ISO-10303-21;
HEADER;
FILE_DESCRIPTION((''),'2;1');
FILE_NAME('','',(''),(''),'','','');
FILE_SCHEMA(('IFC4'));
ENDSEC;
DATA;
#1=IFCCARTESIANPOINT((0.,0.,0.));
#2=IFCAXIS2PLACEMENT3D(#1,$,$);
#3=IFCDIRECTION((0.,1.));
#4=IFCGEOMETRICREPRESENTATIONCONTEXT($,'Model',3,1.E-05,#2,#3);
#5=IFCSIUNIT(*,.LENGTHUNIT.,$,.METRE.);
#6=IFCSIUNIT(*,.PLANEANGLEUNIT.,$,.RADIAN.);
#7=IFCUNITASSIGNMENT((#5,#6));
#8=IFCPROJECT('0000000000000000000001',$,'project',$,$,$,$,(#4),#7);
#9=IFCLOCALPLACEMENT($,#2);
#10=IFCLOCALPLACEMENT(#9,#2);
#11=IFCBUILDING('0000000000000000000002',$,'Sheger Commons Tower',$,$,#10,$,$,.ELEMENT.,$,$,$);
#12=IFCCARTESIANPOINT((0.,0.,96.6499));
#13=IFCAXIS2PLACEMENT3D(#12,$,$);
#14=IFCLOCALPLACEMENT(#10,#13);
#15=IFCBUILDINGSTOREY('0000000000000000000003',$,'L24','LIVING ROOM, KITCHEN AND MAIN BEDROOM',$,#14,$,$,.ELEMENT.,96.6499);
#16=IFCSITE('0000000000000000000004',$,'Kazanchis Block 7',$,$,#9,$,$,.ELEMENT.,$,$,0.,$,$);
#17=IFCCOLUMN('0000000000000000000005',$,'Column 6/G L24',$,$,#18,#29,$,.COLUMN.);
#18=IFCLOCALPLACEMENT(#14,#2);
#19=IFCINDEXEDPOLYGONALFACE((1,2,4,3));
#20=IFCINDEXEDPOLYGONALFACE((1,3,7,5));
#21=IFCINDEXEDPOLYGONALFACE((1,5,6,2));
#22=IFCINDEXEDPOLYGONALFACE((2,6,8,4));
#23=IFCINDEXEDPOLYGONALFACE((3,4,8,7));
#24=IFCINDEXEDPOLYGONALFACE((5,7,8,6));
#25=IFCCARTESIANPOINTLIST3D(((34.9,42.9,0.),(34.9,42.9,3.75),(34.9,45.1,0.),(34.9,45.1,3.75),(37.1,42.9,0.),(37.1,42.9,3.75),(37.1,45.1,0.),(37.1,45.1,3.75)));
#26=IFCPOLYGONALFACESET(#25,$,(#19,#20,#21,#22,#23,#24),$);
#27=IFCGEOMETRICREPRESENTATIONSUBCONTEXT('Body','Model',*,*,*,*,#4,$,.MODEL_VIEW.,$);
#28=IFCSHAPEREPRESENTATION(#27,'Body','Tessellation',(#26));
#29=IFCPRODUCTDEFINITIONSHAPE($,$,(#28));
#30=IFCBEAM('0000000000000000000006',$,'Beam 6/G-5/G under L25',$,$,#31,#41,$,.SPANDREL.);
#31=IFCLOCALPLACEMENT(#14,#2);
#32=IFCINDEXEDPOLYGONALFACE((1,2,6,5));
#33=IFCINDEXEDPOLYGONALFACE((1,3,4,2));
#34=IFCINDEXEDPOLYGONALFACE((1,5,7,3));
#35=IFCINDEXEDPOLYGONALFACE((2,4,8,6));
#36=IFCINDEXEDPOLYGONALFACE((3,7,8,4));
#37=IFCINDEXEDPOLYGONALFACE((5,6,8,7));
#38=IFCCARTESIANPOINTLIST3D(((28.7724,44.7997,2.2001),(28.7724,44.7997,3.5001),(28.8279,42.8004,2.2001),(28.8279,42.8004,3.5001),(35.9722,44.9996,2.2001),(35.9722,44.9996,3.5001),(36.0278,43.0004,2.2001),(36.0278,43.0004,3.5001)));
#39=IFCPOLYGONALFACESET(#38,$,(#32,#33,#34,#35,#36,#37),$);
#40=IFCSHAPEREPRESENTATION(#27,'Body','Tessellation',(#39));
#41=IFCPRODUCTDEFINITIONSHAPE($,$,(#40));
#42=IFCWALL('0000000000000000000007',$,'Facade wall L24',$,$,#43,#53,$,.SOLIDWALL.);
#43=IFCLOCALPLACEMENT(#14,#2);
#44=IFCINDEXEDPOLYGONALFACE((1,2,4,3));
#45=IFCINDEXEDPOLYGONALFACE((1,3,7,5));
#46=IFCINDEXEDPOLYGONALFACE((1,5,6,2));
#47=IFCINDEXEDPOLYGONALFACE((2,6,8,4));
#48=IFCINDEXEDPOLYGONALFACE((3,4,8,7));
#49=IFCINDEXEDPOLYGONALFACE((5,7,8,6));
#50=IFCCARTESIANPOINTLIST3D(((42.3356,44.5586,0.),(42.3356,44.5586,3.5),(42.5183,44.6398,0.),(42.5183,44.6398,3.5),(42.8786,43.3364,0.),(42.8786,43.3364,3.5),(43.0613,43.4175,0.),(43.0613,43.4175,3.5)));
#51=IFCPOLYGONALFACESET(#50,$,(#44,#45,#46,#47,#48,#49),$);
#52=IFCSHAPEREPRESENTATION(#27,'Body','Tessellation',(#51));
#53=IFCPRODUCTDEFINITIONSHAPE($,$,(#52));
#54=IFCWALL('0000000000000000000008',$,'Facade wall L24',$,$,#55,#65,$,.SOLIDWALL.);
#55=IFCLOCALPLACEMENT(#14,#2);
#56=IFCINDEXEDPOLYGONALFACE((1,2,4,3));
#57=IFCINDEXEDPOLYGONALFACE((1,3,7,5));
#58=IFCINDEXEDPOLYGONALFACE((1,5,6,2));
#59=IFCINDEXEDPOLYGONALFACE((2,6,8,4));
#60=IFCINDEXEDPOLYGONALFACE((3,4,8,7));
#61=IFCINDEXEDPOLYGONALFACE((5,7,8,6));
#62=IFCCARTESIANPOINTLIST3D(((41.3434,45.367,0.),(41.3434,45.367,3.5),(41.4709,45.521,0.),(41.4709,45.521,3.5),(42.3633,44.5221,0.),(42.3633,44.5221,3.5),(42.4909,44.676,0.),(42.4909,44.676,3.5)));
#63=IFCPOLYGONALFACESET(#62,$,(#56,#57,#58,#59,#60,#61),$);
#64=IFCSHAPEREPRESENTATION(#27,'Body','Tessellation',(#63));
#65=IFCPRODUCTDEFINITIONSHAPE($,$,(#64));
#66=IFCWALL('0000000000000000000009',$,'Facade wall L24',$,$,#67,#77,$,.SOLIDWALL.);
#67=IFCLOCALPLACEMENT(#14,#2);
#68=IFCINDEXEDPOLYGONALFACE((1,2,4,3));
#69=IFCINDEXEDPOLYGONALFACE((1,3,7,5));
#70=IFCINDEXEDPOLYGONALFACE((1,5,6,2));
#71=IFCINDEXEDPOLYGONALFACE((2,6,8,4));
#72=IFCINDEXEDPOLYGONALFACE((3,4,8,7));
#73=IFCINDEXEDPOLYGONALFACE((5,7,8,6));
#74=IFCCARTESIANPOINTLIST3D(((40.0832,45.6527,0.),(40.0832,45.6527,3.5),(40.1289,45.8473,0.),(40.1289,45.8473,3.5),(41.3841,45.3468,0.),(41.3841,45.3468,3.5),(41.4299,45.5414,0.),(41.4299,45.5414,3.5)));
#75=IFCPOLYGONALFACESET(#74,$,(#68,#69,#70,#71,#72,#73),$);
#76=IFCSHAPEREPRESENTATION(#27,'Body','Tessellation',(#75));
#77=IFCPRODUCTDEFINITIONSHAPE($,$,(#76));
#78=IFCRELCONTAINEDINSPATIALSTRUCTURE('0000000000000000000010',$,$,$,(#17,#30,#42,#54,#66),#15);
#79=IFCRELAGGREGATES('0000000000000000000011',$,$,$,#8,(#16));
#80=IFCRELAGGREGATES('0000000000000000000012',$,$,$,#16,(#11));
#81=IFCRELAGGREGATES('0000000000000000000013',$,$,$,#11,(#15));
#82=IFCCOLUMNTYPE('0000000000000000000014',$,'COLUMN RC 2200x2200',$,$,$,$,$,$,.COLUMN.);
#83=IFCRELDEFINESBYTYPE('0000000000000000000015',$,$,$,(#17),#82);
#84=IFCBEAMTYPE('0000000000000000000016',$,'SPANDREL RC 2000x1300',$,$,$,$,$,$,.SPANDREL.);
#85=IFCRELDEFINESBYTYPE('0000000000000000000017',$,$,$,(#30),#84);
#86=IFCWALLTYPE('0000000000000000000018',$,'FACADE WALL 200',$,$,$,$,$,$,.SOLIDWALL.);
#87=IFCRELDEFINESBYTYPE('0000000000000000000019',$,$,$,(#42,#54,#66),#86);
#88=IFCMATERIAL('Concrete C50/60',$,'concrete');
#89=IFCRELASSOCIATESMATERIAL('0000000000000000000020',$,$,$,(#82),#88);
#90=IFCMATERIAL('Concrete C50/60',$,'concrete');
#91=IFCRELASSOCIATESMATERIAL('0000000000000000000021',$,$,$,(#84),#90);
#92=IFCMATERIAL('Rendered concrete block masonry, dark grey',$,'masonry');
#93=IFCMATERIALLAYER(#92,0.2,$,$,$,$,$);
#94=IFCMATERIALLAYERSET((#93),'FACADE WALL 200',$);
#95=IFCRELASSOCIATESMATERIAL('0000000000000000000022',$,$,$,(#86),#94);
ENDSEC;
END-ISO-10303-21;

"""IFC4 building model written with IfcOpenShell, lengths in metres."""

from ifc_helpers import new_model, si_unit, direction, frame, frame_2d, origin, origin_2d, place, context, subcontext, project, spatial, rectangle, extrude, material, layer, layer_set, material_profile, profile_set, type_object, element, save


model = new_model("IFC4")

# Units and contexts
model_context = context("Model", 3, precision=1e-05, world=origin(), true_north=direction((0.0, 1.0)))
body_context = subcontext(model_context, "Body", "Model", "MODEL_VIEW")
ifc_project = project(units=[si_unit("LENGTHUNIT", "METRE"), si_unit("PLANEANGLEUNIT", "RADIAN")], contexts=[model_context])

# Site, building, storey
site_placement = place(None, origin())
site = spatial("IfcSite", under=ifc_project, at=site_placement, Name="Kazanchis Block 7", CompositionType="ELEMENT", RefElevation=0.0)
building_placement = place(site_placement, origin())
building = spatial("IfcBuilding", under=site, at=building_placement, Name="Sheger Commons Tower", CompositionType="ELEMENT")
storey_placement = place(building_placement, frame((0.0, 0.0, 96.6499)))
storey = spatial("IfcBuildingStorey", under=building, at=storey_placement, Name="L24", Description="LIVING ROOM, KITCHEN AND MAIN BEDROOM", CompositionType="ELEMENT", Elevation=96.6499)

# Column
ifc_material_1 = material(Name="Concrete C50/60", Category="concrete")
ifc_material_profile_1 = material_profile(ifc_material_1, rectangle(XDim=2.2, YDim=2.2, at=origin_2d()), Name="RC 2200x2200")
ifc_profile_set_1 = profile_set([ifc_material_profile_1], Name="Concrete C50/60")
column_type = type_object("IfcColumnType", Name="COLUMN RC 2200x2200", PredefinedType="COLUMN", material=ifc_profile_set_1)
column_placement = place(storey_placement, frame((36.0, 44.0, 0.0), z_axis=(0.0, 0.0, 1.0), x_axis=(1.0, 0.0, 0.0)))
element("IfcColumn", 1, at=column_placement, inside=storey, type_object=column_type, Name="Column 6/G L24", PredefinedType="COLUMN", context=body_context, shape_type="SweptSolid", body=[
    extrude(rectangle(XDim=2.2, YDim=2.2, at=origin_2d()), origin(), (0.0, 0.0, 1.0), 3.75),
])

# Beam
ifc_material_2 = material(Name="Concrete C50/60", Category="concrete")
ifc_material_profile_2 = material_profile(ifc_material_2, rectangle(XDim=2.0, YDim=1.3, at=origin_2d()), Name="RC 2000x1300")
ifc_profile_set_2 = profile_set([ifc_material_profile_2], Name="Concrete C50/60")
beam_type = type_object("IfcBeamType", Name="SPANDREL RC 2000x1300", PredefinedType="SPANDREL", material=ifc_profile_set_2)
beam_placement = place(storey_placement, frame((36.0, 44.0, 2.8501), z_axis=(-0.999615, -0.02776, 0.0), x_axis=(0.02776, -0.999615, 0.0)))
element("IfcBeam", 2, at=beam_placement, inside=storey, type_object=beam_type, Name="Beam 6/G-5/G under L25", PredefinedType="SPANDREL", context=body_context, shape_type="SweptSolid", body=[
    extrude(rectangle(XDim=2.0, YDim=1.3, at=origin_2d()), origin(), (0.0, 0.0, 1.0), 7.2026),
])

# Walls
ifc_material_3 = material(Name="Rendered concrete block masonry, dark grey", Category="masonry")
ifc_layer_1 = layer(ifc_material_3, 0.2)
ifc_layer_set_1 = layer_set([ifc_layer_1], Name="FACADE WALL 200")
wall_type_1 = type_object("IfcWallType", Name="FACADE WALL 200", PredefinedType="SOLIDWALL", material=ifc_layer_set_1)
wall_1_placement = place(storey_placement, frame((42.97, 43.377, 0.0), z_axis=(0.0, 0.0, 1.0), x_axis=(-0.406003, 0.913872, 0.0)))
element("IfcWall", 3, at=wall_1_placement, inside=storey, type_object=wall_type_1, Name="Facade wall L24", PredefinedType="SOLIDWALL", context=body_context, shape_type="SweptSolid", body=[
    extrude(rectangle(XDim=1.3374, YDim=0.2, at=frame_2d((0.6687, 0.0))), origin(), (0.0, 0.0, 1.0), 3.5),
])
wall_2_placement = place(storey_placement, frame((42.427, 44.5991, 0.0), z_axis=(0.0, 0.0, 1.0), x_axis=(-0.770091, 0.637934, 0.0)))
element("IfcWall", 4, at=wall_2_placement, inside=storey, type_object=wall_type_1, Name="Facade wall L24", PredefinedType="SOLIDWALL", context=body_context, shape_type="SweptSolid", body=[
    extrude(rectangle(XDim=1.3245, YDim=0.2, at=frame_2d((0.6621, 0.0))), origin(), (0.0, 0.0, 1.0), 3.5),
])
wall_3_placement = place(storey_placement, frame((41.407, 45.4441, 0.0), z_axis=(0.0, 0.0, 1.0), x_axis=(-0.973453, 0.228887, 0.0)))
element("IfcWall", 5, at=wall_3_placement, inside=storey, type_object=wall_type_1, Name="Facade wall L24", PredefinedType="SOLIDWALL", context=body_context, shape_type="SweptSolid", body=[
    extrude(rectangle(XDim=1.3364, YDim=0.2, at=frame_2d((0.6682, 0.0))), origin(), (0.0, 0.0, 1.0), 3.5),
])

save(model, "model.ifc")
